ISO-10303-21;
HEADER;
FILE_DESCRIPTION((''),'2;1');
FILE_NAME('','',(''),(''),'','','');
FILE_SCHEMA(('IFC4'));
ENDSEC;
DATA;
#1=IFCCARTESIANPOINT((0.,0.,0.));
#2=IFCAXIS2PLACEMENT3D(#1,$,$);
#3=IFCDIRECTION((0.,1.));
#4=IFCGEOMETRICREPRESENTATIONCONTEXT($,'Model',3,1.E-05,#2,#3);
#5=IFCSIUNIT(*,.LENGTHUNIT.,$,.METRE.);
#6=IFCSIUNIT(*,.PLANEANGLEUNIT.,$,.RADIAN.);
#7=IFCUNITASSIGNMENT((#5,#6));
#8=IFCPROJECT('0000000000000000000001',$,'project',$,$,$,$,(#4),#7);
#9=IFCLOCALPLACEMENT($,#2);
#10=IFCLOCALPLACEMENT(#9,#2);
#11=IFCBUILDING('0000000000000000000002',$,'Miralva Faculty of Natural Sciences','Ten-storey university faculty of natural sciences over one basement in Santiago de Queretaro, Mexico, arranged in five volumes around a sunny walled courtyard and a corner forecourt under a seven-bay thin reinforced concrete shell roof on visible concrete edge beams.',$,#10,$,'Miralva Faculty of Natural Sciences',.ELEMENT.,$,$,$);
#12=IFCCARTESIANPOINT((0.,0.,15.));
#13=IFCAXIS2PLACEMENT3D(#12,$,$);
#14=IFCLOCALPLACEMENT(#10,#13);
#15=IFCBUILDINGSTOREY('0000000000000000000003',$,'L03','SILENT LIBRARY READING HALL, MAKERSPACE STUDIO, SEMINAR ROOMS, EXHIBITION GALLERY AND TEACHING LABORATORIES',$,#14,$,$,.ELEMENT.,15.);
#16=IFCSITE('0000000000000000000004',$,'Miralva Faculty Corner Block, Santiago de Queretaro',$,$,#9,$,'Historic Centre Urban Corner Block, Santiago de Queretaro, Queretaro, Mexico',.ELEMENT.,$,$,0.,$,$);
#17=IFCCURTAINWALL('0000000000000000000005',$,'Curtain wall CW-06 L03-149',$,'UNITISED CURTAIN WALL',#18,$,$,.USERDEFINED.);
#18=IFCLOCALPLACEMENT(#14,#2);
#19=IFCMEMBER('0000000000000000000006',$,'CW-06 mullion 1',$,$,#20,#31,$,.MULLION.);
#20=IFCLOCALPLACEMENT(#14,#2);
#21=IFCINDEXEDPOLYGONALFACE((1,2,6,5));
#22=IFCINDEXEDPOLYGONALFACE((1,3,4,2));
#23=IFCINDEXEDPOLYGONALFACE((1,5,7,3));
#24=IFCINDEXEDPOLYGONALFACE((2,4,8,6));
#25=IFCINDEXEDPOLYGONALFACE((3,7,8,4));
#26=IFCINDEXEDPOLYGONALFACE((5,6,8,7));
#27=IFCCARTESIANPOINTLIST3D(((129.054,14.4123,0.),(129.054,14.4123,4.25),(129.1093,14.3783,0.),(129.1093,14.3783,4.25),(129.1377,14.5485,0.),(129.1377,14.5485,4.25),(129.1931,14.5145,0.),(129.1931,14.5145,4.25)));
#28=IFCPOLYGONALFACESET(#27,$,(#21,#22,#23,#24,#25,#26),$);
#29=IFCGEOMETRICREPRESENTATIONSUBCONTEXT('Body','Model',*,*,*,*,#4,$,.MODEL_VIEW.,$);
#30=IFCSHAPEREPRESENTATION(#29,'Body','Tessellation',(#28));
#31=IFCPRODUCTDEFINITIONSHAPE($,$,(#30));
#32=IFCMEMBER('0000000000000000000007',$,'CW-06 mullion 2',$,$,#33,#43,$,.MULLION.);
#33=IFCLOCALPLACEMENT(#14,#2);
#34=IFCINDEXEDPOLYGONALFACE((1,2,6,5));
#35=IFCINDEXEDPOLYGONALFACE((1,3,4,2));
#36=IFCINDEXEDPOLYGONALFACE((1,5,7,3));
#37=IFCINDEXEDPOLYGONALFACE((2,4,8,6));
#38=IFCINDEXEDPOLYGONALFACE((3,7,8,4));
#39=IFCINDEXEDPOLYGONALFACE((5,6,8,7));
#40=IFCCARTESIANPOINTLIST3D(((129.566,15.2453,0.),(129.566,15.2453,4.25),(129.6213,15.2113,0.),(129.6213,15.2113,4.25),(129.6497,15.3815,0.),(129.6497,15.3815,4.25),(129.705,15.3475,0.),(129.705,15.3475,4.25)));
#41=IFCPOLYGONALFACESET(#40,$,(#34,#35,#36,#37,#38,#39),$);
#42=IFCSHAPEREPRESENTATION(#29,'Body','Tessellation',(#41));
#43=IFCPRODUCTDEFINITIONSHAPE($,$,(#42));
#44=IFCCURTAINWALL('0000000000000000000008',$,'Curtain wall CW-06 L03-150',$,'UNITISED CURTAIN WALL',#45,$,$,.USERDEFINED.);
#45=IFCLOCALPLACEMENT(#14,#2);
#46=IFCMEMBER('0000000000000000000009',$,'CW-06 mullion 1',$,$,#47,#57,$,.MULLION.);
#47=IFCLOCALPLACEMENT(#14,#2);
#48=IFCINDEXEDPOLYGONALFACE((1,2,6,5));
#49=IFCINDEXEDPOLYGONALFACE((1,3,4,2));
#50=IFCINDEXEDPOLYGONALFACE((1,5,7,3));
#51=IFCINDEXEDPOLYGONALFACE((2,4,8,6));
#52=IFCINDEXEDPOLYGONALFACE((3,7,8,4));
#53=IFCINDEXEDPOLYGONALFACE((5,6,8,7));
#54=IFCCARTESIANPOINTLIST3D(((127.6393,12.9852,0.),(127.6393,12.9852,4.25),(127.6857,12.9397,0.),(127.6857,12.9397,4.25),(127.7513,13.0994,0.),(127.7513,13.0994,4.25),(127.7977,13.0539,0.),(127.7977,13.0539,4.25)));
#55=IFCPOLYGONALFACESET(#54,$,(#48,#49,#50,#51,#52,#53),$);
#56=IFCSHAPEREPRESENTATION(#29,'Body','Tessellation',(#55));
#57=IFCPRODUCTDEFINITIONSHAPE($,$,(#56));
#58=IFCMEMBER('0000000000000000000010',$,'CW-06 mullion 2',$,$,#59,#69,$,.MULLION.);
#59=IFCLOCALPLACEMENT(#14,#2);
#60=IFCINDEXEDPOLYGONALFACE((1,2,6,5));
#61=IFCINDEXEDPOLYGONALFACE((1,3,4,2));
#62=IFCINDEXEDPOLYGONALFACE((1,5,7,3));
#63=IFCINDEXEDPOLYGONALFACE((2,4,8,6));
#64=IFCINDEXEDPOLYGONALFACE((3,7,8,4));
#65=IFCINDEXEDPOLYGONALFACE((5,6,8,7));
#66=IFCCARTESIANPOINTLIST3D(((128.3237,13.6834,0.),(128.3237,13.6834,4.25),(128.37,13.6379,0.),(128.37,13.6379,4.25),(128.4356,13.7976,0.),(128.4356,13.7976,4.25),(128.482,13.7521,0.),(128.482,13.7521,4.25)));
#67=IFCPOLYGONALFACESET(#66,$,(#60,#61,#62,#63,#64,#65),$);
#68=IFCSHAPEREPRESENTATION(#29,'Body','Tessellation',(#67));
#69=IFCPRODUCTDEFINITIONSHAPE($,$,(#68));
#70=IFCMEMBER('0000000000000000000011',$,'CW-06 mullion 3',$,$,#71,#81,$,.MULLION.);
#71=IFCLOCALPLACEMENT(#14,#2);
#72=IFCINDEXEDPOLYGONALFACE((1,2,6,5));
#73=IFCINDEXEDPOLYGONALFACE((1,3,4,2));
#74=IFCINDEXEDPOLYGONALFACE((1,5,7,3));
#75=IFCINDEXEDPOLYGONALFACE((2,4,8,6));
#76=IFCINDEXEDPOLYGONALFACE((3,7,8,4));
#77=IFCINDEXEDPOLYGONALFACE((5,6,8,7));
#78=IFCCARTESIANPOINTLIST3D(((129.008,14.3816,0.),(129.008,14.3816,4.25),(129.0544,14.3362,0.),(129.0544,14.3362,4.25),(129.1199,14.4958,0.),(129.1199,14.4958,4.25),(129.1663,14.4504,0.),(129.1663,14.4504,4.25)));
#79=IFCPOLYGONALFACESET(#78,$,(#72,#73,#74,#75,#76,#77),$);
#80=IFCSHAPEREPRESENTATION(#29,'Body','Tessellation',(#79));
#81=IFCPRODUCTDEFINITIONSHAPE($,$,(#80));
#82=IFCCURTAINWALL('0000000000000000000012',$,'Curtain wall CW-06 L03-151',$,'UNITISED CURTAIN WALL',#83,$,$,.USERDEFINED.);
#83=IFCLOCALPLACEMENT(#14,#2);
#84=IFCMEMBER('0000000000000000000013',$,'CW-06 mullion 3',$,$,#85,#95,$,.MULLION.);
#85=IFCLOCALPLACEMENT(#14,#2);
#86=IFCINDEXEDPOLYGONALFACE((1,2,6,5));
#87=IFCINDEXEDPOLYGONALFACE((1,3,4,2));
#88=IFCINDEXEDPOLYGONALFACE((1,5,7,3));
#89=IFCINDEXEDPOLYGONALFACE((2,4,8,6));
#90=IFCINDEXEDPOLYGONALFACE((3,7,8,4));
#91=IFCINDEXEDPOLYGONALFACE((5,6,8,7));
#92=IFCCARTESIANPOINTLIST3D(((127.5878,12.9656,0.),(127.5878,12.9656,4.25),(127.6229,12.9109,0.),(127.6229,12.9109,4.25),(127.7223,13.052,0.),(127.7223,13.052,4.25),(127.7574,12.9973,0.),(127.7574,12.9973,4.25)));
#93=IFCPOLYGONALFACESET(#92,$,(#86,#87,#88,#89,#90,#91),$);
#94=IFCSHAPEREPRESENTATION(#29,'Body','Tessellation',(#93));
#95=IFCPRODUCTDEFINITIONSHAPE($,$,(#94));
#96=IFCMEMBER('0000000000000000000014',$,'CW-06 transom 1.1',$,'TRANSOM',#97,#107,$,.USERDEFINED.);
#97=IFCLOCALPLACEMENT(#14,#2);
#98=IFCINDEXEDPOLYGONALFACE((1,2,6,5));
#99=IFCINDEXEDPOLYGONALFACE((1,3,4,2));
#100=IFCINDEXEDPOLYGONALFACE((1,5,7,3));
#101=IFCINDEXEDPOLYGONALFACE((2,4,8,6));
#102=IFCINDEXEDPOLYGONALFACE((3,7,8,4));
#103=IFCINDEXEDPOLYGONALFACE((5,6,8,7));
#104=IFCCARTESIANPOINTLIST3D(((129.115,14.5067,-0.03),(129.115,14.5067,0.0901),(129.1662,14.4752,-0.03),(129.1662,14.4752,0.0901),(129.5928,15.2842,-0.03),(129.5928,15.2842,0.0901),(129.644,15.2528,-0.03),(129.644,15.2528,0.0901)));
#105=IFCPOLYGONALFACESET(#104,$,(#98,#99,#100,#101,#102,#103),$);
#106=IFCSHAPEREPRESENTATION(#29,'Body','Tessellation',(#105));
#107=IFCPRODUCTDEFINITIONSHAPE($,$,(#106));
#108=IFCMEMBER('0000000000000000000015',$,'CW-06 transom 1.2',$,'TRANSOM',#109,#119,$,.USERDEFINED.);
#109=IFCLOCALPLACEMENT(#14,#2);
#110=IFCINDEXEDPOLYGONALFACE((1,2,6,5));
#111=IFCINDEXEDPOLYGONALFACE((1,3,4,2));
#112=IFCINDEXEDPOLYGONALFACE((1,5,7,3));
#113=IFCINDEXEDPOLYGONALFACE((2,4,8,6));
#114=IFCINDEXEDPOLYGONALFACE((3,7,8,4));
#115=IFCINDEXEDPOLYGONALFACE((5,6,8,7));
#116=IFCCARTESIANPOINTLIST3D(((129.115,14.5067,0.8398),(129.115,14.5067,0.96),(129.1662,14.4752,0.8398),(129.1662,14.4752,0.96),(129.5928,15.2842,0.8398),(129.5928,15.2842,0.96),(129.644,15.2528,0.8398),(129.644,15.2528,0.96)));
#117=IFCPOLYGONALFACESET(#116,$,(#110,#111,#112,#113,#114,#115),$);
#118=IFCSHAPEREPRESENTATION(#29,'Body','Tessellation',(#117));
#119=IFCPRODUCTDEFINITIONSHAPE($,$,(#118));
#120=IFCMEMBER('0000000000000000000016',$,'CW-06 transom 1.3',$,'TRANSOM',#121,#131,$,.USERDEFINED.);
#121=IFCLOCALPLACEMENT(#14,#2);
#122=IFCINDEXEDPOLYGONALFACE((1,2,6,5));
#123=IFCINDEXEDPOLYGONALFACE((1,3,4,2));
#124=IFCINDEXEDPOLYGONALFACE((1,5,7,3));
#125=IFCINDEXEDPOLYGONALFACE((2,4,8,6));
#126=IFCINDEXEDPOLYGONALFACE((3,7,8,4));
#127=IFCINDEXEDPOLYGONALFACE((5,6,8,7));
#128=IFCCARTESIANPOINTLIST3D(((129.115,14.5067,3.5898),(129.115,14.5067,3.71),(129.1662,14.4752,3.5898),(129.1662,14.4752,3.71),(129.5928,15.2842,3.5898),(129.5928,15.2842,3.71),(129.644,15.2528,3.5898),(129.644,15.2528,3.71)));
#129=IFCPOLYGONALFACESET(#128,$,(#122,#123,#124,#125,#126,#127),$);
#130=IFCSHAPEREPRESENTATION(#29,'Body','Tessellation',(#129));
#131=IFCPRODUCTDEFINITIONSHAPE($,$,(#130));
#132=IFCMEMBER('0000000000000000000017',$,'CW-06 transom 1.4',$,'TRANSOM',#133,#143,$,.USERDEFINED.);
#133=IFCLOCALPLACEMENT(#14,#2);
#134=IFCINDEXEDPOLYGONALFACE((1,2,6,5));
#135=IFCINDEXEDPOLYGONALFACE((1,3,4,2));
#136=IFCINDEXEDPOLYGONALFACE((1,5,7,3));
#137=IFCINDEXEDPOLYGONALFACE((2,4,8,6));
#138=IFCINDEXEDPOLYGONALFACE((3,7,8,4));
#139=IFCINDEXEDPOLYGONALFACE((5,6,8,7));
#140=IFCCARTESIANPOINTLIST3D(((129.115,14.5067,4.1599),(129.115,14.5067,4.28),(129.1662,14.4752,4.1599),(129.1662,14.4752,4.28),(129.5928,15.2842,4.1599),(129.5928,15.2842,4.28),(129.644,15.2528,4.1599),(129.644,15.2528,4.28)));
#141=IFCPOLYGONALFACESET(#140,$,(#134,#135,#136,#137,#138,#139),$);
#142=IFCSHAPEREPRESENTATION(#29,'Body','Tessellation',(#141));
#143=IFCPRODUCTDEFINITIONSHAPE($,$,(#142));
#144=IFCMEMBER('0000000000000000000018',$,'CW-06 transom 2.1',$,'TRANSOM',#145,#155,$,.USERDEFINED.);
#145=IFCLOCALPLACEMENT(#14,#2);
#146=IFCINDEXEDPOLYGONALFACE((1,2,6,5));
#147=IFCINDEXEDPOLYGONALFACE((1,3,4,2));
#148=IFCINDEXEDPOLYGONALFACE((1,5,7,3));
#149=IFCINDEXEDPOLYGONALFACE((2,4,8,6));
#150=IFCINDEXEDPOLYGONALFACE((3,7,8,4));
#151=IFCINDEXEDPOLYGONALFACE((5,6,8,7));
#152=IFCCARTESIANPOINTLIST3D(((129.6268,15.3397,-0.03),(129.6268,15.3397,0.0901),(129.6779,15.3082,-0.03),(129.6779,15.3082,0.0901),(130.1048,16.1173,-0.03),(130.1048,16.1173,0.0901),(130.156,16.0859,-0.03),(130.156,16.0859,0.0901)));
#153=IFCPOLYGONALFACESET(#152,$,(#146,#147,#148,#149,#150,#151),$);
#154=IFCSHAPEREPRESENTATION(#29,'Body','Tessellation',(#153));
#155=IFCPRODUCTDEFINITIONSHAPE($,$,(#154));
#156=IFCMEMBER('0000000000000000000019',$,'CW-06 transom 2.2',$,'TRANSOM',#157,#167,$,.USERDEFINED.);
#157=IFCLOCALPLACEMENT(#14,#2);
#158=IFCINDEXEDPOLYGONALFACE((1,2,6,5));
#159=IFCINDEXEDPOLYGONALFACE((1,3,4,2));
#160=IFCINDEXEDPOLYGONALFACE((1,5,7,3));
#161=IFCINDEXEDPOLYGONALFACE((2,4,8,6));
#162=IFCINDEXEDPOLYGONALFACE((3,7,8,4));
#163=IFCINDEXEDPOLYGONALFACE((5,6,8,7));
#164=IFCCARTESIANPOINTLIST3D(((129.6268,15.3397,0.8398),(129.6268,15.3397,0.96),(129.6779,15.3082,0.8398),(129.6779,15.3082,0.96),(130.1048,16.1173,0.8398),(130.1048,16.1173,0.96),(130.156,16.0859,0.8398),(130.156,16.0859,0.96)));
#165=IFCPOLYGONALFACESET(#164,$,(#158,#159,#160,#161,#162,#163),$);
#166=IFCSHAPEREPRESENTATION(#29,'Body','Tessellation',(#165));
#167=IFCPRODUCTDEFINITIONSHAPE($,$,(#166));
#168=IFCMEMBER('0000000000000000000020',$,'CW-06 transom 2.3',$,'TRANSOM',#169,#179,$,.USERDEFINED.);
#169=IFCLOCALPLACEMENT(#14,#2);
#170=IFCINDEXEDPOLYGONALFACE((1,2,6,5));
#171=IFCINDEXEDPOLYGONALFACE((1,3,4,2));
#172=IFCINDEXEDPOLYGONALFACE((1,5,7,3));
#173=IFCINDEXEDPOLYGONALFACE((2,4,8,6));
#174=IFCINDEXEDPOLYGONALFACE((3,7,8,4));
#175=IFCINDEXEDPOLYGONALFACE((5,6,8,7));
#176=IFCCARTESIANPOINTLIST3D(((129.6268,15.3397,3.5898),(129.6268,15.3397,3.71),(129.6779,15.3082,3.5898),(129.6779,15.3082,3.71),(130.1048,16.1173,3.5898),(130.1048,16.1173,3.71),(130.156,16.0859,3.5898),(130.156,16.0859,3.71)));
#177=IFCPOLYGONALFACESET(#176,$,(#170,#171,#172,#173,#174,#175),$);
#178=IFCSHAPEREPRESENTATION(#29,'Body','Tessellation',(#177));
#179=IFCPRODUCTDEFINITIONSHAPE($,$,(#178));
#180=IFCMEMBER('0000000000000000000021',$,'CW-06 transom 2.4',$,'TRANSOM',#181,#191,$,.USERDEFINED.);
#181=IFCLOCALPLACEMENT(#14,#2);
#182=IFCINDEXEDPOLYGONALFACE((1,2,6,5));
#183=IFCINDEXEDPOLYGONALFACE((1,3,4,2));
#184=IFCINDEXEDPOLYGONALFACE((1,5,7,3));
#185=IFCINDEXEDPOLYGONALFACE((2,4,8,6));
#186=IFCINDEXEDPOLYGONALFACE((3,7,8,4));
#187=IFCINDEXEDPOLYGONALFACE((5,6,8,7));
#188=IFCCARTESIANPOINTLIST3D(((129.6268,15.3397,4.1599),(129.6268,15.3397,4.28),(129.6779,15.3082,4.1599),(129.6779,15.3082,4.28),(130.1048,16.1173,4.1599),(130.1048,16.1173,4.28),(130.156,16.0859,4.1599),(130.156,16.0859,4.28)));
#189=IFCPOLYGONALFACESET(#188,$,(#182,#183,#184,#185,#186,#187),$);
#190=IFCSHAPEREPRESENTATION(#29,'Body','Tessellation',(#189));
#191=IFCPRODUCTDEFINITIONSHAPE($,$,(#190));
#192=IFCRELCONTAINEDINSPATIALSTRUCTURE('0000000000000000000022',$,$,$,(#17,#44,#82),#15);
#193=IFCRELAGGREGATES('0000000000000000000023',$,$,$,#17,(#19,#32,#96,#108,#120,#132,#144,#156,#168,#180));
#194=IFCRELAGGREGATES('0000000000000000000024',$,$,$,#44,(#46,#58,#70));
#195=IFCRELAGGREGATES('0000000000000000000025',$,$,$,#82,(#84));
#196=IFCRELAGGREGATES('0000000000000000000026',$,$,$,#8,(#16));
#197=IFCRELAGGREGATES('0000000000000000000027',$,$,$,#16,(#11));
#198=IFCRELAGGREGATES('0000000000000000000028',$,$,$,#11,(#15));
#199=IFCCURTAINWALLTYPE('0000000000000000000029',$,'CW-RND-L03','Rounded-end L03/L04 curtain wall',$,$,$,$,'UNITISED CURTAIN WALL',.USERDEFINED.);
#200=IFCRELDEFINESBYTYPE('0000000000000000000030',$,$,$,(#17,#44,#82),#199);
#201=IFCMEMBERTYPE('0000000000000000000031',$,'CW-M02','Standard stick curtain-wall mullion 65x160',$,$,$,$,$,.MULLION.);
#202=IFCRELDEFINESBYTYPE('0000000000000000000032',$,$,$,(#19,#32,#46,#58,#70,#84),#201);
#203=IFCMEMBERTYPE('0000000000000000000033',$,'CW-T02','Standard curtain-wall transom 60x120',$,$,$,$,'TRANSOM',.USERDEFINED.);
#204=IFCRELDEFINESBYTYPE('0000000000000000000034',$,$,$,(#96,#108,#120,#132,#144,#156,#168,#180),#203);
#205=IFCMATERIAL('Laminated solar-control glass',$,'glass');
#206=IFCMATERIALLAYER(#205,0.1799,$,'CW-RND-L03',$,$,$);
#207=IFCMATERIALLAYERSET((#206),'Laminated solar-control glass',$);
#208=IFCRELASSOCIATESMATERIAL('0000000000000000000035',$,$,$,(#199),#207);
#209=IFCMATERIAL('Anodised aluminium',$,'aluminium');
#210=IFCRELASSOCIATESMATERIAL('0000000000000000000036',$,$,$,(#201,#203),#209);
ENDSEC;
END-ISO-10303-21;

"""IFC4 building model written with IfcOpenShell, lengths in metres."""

from ifc_helpers import new_model, si_unit, direction, frame, origin, origin_2d, place, context, subcontext, project, spatial, rectangle, extrude, material, layer, layer_set, material_profile, profile_set, type_object, element, aggregate, save


model = new_model("IFC4")

# Units and contexts
model_context = context("Model", 3, precision=1e-05, world=origin(), true_north=direction((0.0, 1.0)))
body_context = subcontext(model_context, "Body", "Model", "MODEL_VIEW")
ifc_project = project(units=[si_unit("LENGTHUNIT", "METRE"), si_unit("PLANEANGLEUNIT", "RADIAN")], contexts=[model_context])

# Site, building, storey
site_placement = place(None, origin())
site = spatial("IfcSite", under=ifc_project, at=site_placement, Name="Miralva Faculty Corner Block, Santiago de Queretaro", LongName="Historic Centre Urban Corner Block, Santiago de Queretaro, Queretaro, Mexico", CompositionType="ELEMENT", RefElevation=0.0)
building_placement = place(site_placement, origin())
building = spatial("IfcBuilding", under=site, at=building_placement, Name="Miralva Faculty of Natural Sciences", Description="Ten-storey university faculty of natural sciences over one basement in Santiago de Queretaro, Mexico, arranged in five volumes around a sunny walled courtyard and a corner forecourt under a seven-bay thin reinforced concrete shell roof on visible concrete edge beams.", LongName="Miralva Faculty of Natural Sciences", CompositionType="ELEMENT")
storey_placement = place(building_placement, frame((0.0, 0.0, 15.0)))
storey = spatial("IfcBuildingStorey", under=building, at=storey_placement, Name="L03", Description="SILENT LIBRARY READING HALL, MAKERSPACE STUDIO, SEMINAR ROOMS, EXHIBITION GALLERY AND TEACHING LABORATORIES", CompositionType="ELEMENT", Elevation=15.0)

# Curtain walls, members
ifc_material_1 = material(Name="Laminated solar-control glass", Category="glass")
ifc_layer_1 = layer(ifc_material_1, 0.1799, Name="CW-RND-L03")
ifc_layer_set_1 = layer_set([ifc_layer_1], Name="Laminated solar-control glass")
curtain_wall_type = type_object("IfcCurtainWallType", Name="CW-RND-L03", Description="Rounded-end L03/L04 curtain wall", ElementType="UNITISED CURTAIN WALL", PredefinedType="USERDEFINED", material=ifc_layer_set_1)
curtain_wall_1_placement = place(storey_placement, origin())
curtain_wall_1 = element("IfcCurtainWall", 1, at=curtain_wall_1_placement, inside=storey, type_object=curtain_wall_type, Name="Curtain wall CW-06 L03-149", ObjectType="UNITISED CURTAIN WALL", PredefinedType="USERDEFINED")
ifc_material_2 = material(Name="Anodised aluminium", Category="aluminium")
ifc_material_profile_1 = material_profile(ifc_material_2, rectangle(XDim=0.0649, YDim=0.1599, at=origin_2d()), Name="MULLION 65x160")
ifc_profile_set_1 = profile_set([ifc_material_profile_1], Name="Anodised aluminium")
member_type_1 = type_object("IfcMemberType", Name="CW-M02", Description="Standard stick curtain-wall mullion 65x160", PredefinedType="MULLION", material=ifc_profile_set_1)
member_1_placement = place(storey_placement, frame((129.1235, 14.4634, 0.0), z_axis=(0.0, 0.0, 1.0), x_axis=(-0.851995, 0.523551, 0.0)))
member_1 = element("IfcMember", 2, at=member_1_placement, type_object=member_type_1, Name="CW-06 mullion 1", PredefinedType="MULLION", context=body_context, shape_type="SweptSolid", body=[
    extrude(rectangle(XDim=0.0649, YDim=0.1599, at=origin_2d()), origin(), (0.0, 0.0, 1.0), 4.25),
])
member_2_placement = place(storey_placement, frame((129.6355, 15.2964, 0.0), z_axis=(0.0, 0.0, 1.0), x_axis=(-0.851995, 0.523551, 0.0)))
member_2 = element("IfcMember", 3, at=member_2_placement, type_object=member_type_1, Name="CW-06 mullion 2", PredefinedType="MULLION", context=body_context, shape_type="SweptSolid", body=[
    extrude(rectangle(XDim=0.0649, YDim=0.1599, at=origin_2d()), origin(), (0.0, 0.0, 1.0), 4.25),
])
curtain_wall_2_placement = place(storey_placement, origin())
curtain_wall_2 = element("IfcCurtainWall", 4, at=curtain_wall_2_placement, inside=storey, type_object=curtain_wall_type, Name="Curtain wall CW-06 L03-150", ObjectType="UNITISED CURTAIN WALL", PredefinedType="USERDEFINED")
member_3_placement = place(storey_placement, frame((127.7185, 13.0195, 0.0), z_axis=(0.0, 0.0, 1.0), x_axis=(-0.714125, 0.700018, 0.0)))
member_3 = element("IfcMember", 5, at=member_3_placement, type_object=member_type_1, Name="CW-06 mullion 1", PredefinedType="MULLION", context=body_context, shape_type="SweptSolid", body=[
    extrude(rectangle(XDim=0.0649, YDim=0.1599, at=origin_2d()), origin(), (0.0, 0.0, 1.0), 4.25),
])
member_4_placement = place(storey_placement, frame((128.4028, 13.7178, 0.0), z_axis=(0.0, 0.0, 1.0), x_axis=(-0.714125, 0.700018, 0.0)))
member_4 = element("IfcMember", 6, at=member_4_placement, type_object=member_type_1, Name="CW-06 mullion 2", PredefinedType="MULLION", context=body_context, shape_type="SweptSolid", body=[
    extrude(rectangle(XDim=0.0649, YDim=0.1599, at=origin_2d()), origin(), (0.0, 0.0, 1.0), 4.25),
])
member_5_placement = place(storey_placement, frame((129.0872, 14.416, 0.0), z_axis=(0.0, 0.0, 1.0), x_axis=(-0.714125, 0.700018, 0.0)))
member_5 = element("IfcMember", 7, at=member_5_placement, type_object=member_type_1, Name="CW-06 mullion 3", PredefinedType="MULLION", context=body_context, shape_type="SweptSolid", body=[
    extrude(rectangle(XDim=0.0649, YDim=0.1599, at=origin_2d()), origin(), (0.0, 0.0, 1.0), 4.25),
])

# Curtain wall, member
curtain_wall_3_placement = place(storey_placement, origin())
curtain_wall_3 = element("IfcCurtainWall", 8, at=curtain_wall_3_placement, inside=storey, type_object=curtain_wall_type, Name="Curtain wall CW-06 L03-151", ObjectType="UNITISED CURTAIN WALL", PredefinedType="USERDEFINED")
member_6_placement = place(storey_placement, frame((127.6726, 12.9814, 0.0), z_axis=(0.0, 0.0, 1.0), x_axis=(-0.540445, 0.841379, 0.0)))
member_6 = element("IfcMember", 9, at=member_6_placement, type_object=member_type_1, Name="CW-06 mullion 3", PredefinedType="MULLION", context=body_context, shape_type="SweptSolid", body=[
    extrude(rectangle(XDim=0.0649, YDim=0.1599, at=origin_2d()), origin(), (0.0, 0.0, 1.0), 4.25),
])

# Members
ifc_material_profile_2 = material_profile(ifc_material_2, rectangle(XDim=0.0601, YDim=0.1201, at=origin_2d()), Name="TRANSOM 60x120")
ifc_profile_set_2 = profile_set([ifc_material_profile_2], Name="Anodised aluminium")
member_type_2 = type_object("IfcMemberType", Name="CW-T02", Description="Standard curtain-wall transom 60x120", ElementType="TRANSOM", PredefinedType="USERDEFINED", material=ifc_profile_set_2)
member_7_placement = place(storey_placement, frame((129.1406, 14.491, 0.03), z_axis=(0.523515, 0.852016, 0.0), x_axis=(-0.852016, 0.523515, 0.0)))
member_7 = element("IfcMember", 10, at=member_7_placement, type_object=member_type_2, Name="CW-06 transom 1.1", ObjectType="TRANSOM", PredefinedType="USERDEFINED", context=body_context, shape_type="SweptSolid", body=[
    extrude(rectangle(XDim=0.0601, YDim=0.1201, at=origin_2d()), origin(), (0.0, 0.0, 1.0), 0.9126),
])
member_8_placement = place(storey_placement, frame((129.1406, 14.491, 0.8999), z_axis=(0.523515, 0.852016, 0.0), x_axis=(-0.852016, 0.523515, 0.0)))
member_8 = element("IfcMember", 11, at=member_8_placement, type_object=member_type_2, Name="CW-06 transom 1.2", ObjectType="TRANSOM", PredefinedType="USERDEFINED", context=body_context, shape_type="SweptSolid", body=[
    extrude(rectangle(XDim=0.0601, YDim=0.1201, at=origin_2d()), origin(), (0.0, 0.0, 1.0), 0.9126),
])
member_9_placement = place(storey_placement, frame((129.1406, 14.491, 3.6499), z_axis=(0.523515, 0.852016, 0.0), x_axis=(-0.852016, 0.523515, 0.0)))
member_9 = element("IfcMember", 12, at=member_9_placement, type_object=member_type_2, Name="CW-06 transom 1.3", ObjectType="TRANSOM", PredefinedType="USERDEFINED", context=body_context, shape_type="SweptSolid", body=[
    extrude(rectangle(XDim=0.0601, YDim=0.1201, at=origin_2d()), origin(), (0.0, 0.0, 1.0), 0.9126),
])
member_10_placement = place(storey_placement, frame((129.1406, 14.491, 4.22), z_axis=(0.523515, 0.852016, 0.0), x_axis=(-0.852016, 0.523515, 0.0)))
member_10 = element("IfcMember", 13, at=member_10_placement, type_object=member_type_2, Name="CW-06 transom 1.4", ObjectType="TRANSOM", PredefinedType="USERDEFINED", context=body_context, shape_type="SweptSolid", body=[
    extrude(rectangle(XDim=0.0601, YDim=0.1201, at=origin_2d()), origin(), (0.0, 0.0, 1.0), 0.9126),
])
member_11_placement = place(storey_placement, frame((129.6523, 15.324, 0.03), z_axis=(0.523709, 0.851897, 0.0), x_axis=(-0.851897, 0.523709, 0.0)))
member_11 = element("IfcMember", 14, at=member_11_placement, type_object=member_type_2, Name="CW-06 transom 2.1", ObjectType="TRANSOM", PredefinedType="USERDEFINED", context=body_context, shape_type="SweptSolid", body=[
    extrude(rectangle(XDim=0.0601, YDim=0.1201, at=origin_2d()), origin(), (0.0, 0.0, 1.0), 0.9128),
])
member_12_placement = place(storey_placement, frame((129.6523, 15.324, 0.8999), z_axis=(0.523709, 0.851897, 0.0), x_axis=(-0.851897, 0.523709, 0.0)))
member_12 = element("IfcMember", 15, at=member_12_placement, type_object=member_type_2, Name="CW-06 transom 2.2", ObjectType="TRANSOM", PredefinedType="USERDEFINED", context=body_context, shape_type="SweptSolid", body=[
    extrude(rectangle(XDim=0.0601, YDim=0.1201, at=origin_2d()), origin(), (0.0, 0.0, 1.0), 0.9128),
])
member_13_placement = place(storey_placement, frame((129.6523, 15.324, 3.6499), z_axis=(0.523709, 0.851897, 0.0), x_axis=(-0.851897, 0.523709, 0.0)))
member_13 = element("IfcMember", 16, at=member_13_placement, type_object=member_type_2, Name="CW-06 transom 2.3", ObjectType="TRANSOM", PredefinedType="USERDEFINED", context=body_context, shape_type="SweptSolid", body=[
    extrude(rectangle(XDim=0.0601, YDim=0.1201, at=origin_2d()), origin(), (0.0, 0.0, 1.0), 0.9128),
])
member_14_placement = place(storey_placement, frame((129.6523, 15.324, 4.22), z_axis=(0.523709, 0.851897, 0.0), x_axis=(-0.851897, 0.523709, 0.0)))
member_14 = element("IfcMember", 17, at=member_14_placement, type_object=member_type_2, Name="CW-06 transom 2.4", ObjectType="TRANSOM", PredefinedType="USERDEFINED", context=body_context, shape_type="SweptSolid", body=[
    extrude(rectangle(XDim=0.0601, YDim=0.1201, at=origin_2d()), origin(), (0.0, 0.0, 1.0), 0.9128),
])

aggregate(curtain_wall_1, [member_1, member_2, member_7, member_8, member_9, member_10, member_11, member_12, member_13, member_14])
aggregate(curtain_wall_2, [member_3, member_4, member_5])
aggregate(curtain_wall_3, [member_6])

save(model, "model.ifc")
